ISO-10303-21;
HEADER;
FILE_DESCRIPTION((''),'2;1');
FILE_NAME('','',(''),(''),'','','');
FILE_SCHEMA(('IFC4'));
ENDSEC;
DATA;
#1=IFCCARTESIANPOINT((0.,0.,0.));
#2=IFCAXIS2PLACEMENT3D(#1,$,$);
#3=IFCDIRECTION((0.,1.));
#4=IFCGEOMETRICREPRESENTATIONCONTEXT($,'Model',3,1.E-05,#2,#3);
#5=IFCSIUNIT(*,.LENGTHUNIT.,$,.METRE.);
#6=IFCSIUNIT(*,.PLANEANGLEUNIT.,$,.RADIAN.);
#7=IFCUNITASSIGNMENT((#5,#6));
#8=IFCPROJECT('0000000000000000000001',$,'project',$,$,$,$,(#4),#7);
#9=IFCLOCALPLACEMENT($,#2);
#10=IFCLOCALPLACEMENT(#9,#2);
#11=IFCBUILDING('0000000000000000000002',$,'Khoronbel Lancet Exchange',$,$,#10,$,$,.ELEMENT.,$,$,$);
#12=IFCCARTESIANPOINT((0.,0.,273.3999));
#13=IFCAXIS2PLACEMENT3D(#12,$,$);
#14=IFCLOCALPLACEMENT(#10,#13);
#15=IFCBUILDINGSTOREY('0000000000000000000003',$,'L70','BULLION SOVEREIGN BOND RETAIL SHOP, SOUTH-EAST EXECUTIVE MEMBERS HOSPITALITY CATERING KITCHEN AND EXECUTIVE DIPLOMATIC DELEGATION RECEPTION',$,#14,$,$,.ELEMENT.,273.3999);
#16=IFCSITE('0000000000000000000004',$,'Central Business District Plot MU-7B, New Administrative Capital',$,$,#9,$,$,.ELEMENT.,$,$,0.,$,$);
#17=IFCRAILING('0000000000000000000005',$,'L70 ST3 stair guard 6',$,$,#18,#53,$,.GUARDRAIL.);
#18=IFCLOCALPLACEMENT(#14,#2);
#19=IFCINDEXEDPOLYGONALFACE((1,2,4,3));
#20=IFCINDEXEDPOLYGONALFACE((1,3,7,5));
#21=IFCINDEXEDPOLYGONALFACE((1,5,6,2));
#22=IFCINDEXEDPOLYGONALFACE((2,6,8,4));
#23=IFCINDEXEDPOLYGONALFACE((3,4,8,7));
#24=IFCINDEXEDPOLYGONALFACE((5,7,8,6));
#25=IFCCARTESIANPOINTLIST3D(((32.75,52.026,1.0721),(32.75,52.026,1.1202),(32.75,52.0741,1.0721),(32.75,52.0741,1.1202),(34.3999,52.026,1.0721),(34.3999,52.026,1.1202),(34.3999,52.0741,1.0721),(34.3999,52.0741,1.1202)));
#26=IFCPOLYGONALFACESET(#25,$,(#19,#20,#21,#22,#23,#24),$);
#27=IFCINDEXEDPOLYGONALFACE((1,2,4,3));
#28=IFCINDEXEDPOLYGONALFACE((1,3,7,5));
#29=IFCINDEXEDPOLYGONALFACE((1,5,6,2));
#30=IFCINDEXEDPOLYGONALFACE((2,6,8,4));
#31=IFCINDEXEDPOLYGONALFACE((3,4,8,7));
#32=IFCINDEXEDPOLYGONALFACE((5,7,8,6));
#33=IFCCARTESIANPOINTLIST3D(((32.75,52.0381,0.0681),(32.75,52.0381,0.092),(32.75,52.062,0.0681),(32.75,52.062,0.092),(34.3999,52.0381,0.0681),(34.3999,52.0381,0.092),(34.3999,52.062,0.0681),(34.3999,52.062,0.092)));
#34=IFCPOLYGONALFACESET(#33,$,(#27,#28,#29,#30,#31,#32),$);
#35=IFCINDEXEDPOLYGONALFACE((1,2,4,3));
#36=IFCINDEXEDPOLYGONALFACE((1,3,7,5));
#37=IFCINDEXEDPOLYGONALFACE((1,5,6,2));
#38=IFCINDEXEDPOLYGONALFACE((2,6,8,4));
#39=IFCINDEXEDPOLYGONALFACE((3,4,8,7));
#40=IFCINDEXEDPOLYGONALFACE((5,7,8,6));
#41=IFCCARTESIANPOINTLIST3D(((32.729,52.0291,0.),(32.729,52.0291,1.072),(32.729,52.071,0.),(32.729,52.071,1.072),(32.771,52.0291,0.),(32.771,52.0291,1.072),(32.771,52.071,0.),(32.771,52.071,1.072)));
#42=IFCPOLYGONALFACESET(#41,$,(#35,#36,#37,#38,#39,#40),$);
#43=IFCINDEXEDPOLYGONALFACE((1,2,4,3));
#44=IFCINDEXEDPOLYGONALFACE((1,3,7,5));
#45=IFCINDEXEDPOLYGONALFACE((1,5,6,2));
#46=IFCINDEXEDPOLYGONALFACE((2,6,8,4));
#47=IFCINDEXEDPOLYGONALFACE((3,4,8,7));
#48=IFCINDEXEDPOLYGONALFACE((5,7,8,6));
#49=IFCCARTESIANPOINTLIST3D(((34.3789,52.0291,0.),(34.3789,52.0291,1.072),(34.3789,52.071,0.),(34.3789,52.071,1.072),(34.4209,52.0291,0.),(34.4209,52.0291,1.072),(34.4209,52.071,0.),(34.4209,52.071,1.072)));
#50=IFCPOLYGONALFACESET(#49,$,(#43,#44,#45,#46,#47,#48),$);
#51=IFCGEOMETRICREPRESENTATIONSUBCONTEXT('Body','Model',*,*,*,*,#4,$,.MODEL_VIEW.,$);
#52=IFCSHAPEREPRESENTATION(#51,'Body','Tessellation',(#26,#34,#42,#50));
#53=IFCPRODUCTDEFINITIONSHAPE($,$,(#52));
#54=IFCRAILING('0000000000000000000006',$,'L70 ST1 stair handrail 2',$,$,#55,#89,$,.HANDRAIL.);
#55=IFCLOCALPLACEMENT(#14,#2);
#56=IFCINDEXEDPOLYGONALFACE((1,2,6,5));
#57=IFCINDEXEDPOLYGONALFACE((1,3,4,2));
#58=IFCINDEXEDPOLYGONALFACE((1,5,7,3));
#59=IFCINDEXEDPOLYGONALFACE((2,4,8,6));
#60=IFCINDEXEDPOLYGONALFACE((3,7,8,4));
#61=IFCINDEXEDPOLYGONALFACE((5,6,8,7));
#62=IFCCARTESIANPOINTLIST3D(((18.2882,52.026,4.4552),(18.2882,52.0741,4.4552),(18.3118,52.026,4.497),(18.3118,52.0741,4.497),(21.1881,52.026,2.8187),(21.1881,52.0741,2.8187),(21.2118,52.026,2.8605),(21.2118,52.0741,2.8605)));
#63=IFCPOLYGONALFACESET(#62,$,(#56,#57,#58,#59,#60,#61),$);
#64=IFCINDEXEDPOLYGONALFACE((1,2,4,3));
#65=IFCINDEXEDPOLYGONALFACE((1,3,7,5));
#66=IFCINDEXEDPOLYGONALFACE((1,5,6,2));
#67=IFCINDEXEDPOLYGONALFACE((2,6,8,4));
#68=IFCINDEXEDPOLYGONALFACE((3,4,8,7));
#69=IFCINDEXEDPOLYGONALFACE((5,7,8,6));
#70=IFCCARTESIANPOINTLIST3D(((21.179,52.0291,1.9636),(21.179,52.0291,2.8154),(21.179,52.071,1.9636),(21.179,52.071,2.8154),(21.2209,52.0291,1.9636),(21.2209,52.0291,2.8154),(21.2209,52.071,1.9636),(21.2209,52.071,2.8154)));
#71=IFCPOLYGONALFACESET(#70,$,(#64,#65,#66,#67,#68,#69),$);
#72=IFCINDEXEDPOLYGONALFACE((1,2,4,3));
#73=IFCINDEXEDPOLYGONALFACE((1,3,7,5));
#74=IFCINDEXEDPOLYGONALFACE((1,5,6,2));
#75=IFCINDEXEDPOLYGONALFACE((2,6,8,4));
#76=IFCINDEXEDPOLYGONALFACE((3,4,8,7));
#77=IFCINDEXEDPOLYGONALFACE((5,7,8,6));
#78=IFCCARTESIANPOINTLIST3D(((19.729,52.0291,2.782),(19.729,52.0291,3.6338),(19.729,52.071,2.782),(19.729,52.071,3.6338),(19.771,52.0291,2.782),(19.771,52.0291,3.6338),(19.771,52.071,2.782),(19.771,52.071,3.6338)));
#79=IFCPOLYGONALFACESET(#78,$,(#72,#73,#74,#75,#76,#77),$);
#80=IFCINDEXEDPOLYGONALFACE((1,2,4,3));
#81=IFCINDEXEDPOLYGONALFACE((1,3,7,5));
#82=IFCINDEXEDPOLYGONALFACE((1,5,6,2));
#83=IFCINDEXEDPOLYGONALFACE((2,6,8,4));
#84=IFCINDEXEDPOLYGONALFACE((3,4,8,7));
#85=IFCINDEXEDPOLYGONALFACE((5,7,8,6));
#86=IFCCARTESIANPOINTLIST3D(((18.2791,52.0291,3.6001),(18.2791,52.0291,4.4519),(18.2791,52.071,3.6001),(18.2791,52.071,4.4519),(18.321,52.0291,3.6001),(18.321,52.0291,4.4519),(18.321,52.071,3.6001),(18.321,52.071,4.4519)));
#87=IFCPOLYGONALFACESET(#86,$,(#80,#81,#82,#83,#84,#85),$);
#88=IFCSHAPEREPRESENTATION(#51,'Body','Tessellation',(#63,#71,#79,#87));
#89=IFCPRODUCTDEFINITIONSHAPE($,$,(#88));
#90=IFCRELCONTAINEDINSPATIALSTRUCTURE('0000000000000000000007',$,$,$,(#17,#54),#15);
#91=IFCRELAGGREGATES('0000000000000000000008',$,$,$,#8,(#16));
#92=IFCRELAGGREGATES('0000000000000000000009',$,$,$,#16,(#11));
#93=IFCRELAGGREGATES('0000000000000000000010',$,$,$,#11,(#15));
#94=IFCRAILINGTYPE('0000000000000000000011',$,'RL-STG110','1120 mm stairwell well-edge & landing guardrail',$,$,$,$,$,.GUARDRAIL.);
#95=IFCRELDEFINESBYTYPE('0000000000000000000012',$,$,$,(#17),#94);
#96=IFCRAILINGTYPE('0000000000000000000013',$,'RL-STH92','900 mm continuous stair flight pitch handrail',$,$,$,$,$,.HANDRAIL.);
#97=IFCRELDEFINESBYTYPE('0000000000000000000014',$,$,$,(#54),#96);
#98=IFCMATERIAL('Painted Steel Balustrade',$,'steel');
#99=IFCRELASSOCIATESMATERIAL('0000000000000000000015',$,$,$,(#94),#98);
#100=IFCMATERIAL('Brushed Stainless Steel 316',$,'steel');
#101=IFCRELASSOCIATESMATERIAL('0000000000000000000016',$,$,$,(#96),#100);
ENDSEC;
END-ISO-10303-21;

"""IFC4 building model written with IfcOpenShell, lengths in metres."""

from ifc_helpers import new_model, si_unit, direction, frame, origin, origin_2d, place, context, subcontext, project, spatial, rectangle, extrude, material, type_object, element, save


model = new_model("IFC4")

# Units and contexts
model_context = context("Model", 3, precision=1e-05, world=origin(), true_north=direction((0.0, 1.0)))
body_context = subcontext(model_context, "Body", "Model", "MODEL_VIEW")
ifc_project = project(units=[si_unit("LENGTHUNIT", "METRE"), si_unit("PLANEANGLEUNIT", "RADIAN")], contexts=[model_context])

# Site, building, storey
site_placement = place(None, origin())
site = spatial("IfcSite", under=ifc_project, at=site_placement, Name="Central Business District Plot MU-7B, New Administrative Capital", CompositionType="ELEMENT", RefElevation=0.0)
building_placement = place(site_placement, origin())
building = spatial("IfcBuilding", under=site, at=building_placement, Name="Khoronbel Lancet Exchange", CompositionType="ELEMENT")
storey_placement = place(building_placement, frame((0.0, 0.0, 273.3999)))
storey = spatial("IfcBuildingStorey", under=building, at=storey_placement, Name="L70", Description="BULLION SOVEREIGN BOND RETAIL SHOP, SOUTH-EAST EXECUTIVE MEMBERS HOSPITALITY CATERING KITCHEN AND EXECUTIVE DIPLOMATIC DELEGATION RECEPTION", CompositionType="ELEMENT", Elevation=273.3999)

# Railings
ifc_material_1 = material(Name="Painted Steel Balustrade", Category="steel")
railing_type_1 = type_object("IfcRailingType", Name="RL-STG110", Description="1120 mm stairwell well-edge & landing guardrail", PredefinedType="GUARDRAIL", material=ifc_material_1)
railing_1_placement = place(storey_placement, frame((32.75, 52.05, 0.0)))
element("IfcRailing", 1, at=railing_1_placement, inside=storey, type_object=railing_type_1, Name="L70 ST3 stair guard 6", PredefinedType="GUARDRAIL", context=body_context, shape_type="SweptSolid", body=[
    extrude(rectangle(XDim=0.0481, YDim=0.0481, at=origin_2d()), frame((0.0, 0.0, 1.0962), z_axis=(1.0, 0.0, 0.0), x_axis=(0.0, 1.0, 0.0)), (0.0, 0.0, 1.0), 1.6499),
    extrude(rectangle(XDim=0.0239, YDim=0.0239, at=origin_2d()), frame((0.0, 0.0, 0.0801), z_axis=(1.0, 0.0, 0.0), x_axis=(0.0, 1.0, 0.0)), (0.0, 0.0, 1.0), 1.6499),
    extrude(rectangle(XDim=0.042, YDim=0.042, at=origin_2d()), origin(), (0.0, 0.0, 1.0), 1.072),
    extrude(rectangle(XDim=0.042, YDim=0.042, at=origin_2d()), frame((1.6499, 0.0, 0.0)), (0.0, 0.0, 1.0), 1.072),
])
ifc_material_2 = material(Name="Brushed Stainless Steel 316", Category="steel")
railing_type_2 = type_object("IfcRailingType", Name="RL-STH92", Description="900 mm continuous stair flight pitch handrail", PredefinedType="HANDRAIL", material=ifc_material_2)
railing_2_placement = place(storey_placement, frame((21.2, 52.05, 1.9636)))
element("IfcRailing", 2, at=railing_2_placement, inside=storey, type_object=railing_type_2, Name="L70 ST1 stair handrail 2", PredefinedType="HANDRAIL", context=body_context, shape_type="SweptSolid", body=[
    extrude(rectangle(XDim=0.0481, YDim=0.0481, at=origin_2d()), frame((0.0, 0.0, 0.876), z_axis=(-0.870897, 0.0, 0.491465), x_axis=(0.0, -1.0, 0.0)), (0.0, 0.0, 1.0), 3.3298),
    extrude(rectangle(XDim=0.042, YDim=0.042, at=origin_2d()), origin(), (0.0, 0.0, 1.0), 0.8518),
    extrude(rectangle(XDim=0.042, YDim=0.042, at=origin_2d()), frame((-1.45, 0.0, 0.8184)), (0.0, 0.0, 1.0), 0.8518),
    extrude(rectangle(XDim=0.042, YDim=0.042, at=origin_2d()), frame((-2.8999, 0.0, 1.6365)), (0.0, 0.0, 1.0), 0.8518),
])

save(model, "model.ifc")
